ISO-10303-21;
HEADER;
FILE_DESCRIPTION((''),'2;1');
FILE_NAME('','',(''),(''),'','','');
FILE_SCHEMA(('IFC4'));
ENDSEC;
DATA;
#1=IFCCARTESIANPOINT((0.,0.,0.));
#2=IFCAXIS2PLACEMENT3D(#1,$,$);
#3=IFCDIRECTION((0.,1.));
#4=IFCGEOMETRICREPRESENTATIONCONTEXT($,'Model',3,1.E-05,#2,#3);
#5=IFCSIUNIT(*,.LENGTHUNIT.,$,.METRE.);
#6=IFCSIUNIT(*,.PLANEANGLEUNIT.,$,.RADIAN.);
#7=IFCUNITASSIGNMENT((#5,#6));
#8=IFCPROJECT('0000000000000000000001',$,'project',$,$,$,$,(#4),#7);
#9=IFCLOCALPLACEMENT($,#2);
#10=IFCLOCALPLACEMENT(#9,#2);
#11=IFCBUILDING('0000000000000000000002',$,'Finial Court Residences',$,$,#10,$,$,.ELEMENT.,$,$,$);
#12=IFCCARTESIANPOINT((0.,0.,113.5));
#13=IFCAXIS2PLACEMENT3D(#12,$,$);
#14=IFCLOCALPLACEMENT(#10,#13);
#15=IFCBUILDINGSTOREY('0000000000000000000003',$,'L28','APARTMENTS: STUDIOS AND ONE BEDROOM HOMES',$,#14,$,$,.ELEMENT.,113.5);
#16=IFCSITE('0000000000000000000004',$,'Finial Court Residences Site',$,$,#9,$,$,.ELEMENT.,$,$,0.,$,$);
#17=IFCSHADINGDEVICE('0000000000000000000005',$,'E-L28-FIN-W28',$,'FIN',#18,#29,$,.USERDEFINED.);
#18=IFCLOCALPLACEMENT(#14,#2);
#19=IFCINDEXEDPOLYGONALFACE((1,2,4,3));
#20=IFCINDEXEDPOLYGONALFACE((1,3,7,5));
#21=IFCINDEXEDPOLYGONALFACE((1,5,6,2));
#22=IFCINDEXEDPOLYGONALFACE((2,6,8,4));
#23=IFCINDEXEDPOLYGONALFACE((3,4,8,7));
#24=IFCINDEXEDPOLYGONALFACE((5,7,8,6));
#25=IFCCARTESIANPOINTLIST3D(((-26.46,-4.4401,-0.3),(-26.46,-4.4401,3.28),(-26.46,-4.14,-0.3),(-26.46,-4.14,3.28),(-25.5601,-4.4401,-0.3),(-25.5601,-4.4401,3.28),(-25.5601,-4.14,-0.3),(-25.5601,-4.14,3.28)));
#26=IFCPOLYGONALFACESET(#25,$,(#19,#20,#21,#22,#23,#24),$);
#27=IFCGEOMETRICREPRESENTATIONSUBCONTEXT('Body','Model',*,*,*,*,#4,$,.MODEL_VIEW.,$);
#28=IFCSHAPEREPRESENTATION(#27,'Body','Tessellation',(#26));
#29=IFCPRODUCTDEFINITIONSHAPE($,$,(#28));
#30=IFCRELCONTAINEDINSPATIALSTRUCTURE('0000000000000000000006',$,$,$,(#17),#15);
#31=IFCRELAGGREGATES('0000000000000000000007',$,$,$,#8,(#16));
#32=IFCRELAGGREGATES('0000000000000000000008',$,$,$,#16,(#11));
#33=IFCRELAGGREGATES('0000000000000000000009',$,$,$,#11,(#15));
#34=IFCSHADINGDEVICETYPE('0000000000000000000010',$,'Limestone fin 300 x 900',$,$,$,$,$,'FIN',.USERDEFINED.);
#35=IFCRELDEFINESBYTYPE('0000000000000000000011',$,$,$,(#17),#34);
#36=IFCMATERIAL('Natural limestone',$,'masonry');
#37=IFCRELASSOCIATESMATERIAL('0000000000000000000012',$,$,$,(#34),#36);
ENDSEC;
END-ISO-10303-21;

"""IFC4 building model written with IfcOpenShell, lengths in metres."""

from ifc_helpers import new_model, si_unit, direction, frame, origin, origin_2d, place, context, subcontext, project, spatial, rectangle, extrude, material, type_object, element, save


model = new_model("IFC4")

# Units and contexts
model_context = context("Model", 3, precision=1e-05, world=origin(), true_north=direction((0.0, 1.0)))
body_context = subcontext(model_context, "Body", "Model", "MODEL_VIEW")
ifc_project = project(units=[si_unit("LENGTHUNIT", "METRE"), si_unit("PLANEANGLEUNIT", "RADIAN")], contexts=[model_context])

# Site, building, storey
site_placement = place(None, origin())
site = spatial("IfcSite", under=ifc_project, at=site_placement, Name="Finial Court Residences Site", CompositionType="ELEMENT", RefElevation=0.0)
building_placement = place(site_placement, origin())
building = spatial("IfcBuilding", under=site, at=building_placement, Name="Finial Court Residences", CompositionType="ELEMENT")
storey_placement = place(building_placement, frame((0.0, 0.0, 113.5)))
storey = spatial("IfcBuildingStorey", under=building, at=storey_placement, Name="L28", Description="APARTMENTS: STUDIOS AND ONE BEDROOM HOMES", CompositionType="ELEMENT", Elevation=113.5)

# Shared definitions
ifc_material_1 = material(Name="Natural limestone", Category="masonry")

# Shading device
shading_device_type = type_object("IfcShadingDeviceType", Name="Limestone fin 300 x 900", ElementType="FIN", PredefinedType="USERDEFINED", material=ifc_material_1)
shading_device_placement = place(storey_placement, frame((-26.01, -4.29, -0.3), z_axis=(0.0, 0.0, 1.0), x_axis=(1.0, 0.0, 0.0)))
element("IfcShadingDevice", 1, at=shading_device_placement, inside=storey, type_object=shading_device_type, Name="E-L28-FIN-W28", ObjectType="FIN", PredefinedType="USERDEFINED", context=body_context, shape_type="SweptSolid", body=[
    extrude(rectangle(XDim=0.8999, YDim=0.3, at=origin_2d()), origin(), (0.0, 0.0, 1.0), 3.5801),
])

save(model, "model.ifc")
